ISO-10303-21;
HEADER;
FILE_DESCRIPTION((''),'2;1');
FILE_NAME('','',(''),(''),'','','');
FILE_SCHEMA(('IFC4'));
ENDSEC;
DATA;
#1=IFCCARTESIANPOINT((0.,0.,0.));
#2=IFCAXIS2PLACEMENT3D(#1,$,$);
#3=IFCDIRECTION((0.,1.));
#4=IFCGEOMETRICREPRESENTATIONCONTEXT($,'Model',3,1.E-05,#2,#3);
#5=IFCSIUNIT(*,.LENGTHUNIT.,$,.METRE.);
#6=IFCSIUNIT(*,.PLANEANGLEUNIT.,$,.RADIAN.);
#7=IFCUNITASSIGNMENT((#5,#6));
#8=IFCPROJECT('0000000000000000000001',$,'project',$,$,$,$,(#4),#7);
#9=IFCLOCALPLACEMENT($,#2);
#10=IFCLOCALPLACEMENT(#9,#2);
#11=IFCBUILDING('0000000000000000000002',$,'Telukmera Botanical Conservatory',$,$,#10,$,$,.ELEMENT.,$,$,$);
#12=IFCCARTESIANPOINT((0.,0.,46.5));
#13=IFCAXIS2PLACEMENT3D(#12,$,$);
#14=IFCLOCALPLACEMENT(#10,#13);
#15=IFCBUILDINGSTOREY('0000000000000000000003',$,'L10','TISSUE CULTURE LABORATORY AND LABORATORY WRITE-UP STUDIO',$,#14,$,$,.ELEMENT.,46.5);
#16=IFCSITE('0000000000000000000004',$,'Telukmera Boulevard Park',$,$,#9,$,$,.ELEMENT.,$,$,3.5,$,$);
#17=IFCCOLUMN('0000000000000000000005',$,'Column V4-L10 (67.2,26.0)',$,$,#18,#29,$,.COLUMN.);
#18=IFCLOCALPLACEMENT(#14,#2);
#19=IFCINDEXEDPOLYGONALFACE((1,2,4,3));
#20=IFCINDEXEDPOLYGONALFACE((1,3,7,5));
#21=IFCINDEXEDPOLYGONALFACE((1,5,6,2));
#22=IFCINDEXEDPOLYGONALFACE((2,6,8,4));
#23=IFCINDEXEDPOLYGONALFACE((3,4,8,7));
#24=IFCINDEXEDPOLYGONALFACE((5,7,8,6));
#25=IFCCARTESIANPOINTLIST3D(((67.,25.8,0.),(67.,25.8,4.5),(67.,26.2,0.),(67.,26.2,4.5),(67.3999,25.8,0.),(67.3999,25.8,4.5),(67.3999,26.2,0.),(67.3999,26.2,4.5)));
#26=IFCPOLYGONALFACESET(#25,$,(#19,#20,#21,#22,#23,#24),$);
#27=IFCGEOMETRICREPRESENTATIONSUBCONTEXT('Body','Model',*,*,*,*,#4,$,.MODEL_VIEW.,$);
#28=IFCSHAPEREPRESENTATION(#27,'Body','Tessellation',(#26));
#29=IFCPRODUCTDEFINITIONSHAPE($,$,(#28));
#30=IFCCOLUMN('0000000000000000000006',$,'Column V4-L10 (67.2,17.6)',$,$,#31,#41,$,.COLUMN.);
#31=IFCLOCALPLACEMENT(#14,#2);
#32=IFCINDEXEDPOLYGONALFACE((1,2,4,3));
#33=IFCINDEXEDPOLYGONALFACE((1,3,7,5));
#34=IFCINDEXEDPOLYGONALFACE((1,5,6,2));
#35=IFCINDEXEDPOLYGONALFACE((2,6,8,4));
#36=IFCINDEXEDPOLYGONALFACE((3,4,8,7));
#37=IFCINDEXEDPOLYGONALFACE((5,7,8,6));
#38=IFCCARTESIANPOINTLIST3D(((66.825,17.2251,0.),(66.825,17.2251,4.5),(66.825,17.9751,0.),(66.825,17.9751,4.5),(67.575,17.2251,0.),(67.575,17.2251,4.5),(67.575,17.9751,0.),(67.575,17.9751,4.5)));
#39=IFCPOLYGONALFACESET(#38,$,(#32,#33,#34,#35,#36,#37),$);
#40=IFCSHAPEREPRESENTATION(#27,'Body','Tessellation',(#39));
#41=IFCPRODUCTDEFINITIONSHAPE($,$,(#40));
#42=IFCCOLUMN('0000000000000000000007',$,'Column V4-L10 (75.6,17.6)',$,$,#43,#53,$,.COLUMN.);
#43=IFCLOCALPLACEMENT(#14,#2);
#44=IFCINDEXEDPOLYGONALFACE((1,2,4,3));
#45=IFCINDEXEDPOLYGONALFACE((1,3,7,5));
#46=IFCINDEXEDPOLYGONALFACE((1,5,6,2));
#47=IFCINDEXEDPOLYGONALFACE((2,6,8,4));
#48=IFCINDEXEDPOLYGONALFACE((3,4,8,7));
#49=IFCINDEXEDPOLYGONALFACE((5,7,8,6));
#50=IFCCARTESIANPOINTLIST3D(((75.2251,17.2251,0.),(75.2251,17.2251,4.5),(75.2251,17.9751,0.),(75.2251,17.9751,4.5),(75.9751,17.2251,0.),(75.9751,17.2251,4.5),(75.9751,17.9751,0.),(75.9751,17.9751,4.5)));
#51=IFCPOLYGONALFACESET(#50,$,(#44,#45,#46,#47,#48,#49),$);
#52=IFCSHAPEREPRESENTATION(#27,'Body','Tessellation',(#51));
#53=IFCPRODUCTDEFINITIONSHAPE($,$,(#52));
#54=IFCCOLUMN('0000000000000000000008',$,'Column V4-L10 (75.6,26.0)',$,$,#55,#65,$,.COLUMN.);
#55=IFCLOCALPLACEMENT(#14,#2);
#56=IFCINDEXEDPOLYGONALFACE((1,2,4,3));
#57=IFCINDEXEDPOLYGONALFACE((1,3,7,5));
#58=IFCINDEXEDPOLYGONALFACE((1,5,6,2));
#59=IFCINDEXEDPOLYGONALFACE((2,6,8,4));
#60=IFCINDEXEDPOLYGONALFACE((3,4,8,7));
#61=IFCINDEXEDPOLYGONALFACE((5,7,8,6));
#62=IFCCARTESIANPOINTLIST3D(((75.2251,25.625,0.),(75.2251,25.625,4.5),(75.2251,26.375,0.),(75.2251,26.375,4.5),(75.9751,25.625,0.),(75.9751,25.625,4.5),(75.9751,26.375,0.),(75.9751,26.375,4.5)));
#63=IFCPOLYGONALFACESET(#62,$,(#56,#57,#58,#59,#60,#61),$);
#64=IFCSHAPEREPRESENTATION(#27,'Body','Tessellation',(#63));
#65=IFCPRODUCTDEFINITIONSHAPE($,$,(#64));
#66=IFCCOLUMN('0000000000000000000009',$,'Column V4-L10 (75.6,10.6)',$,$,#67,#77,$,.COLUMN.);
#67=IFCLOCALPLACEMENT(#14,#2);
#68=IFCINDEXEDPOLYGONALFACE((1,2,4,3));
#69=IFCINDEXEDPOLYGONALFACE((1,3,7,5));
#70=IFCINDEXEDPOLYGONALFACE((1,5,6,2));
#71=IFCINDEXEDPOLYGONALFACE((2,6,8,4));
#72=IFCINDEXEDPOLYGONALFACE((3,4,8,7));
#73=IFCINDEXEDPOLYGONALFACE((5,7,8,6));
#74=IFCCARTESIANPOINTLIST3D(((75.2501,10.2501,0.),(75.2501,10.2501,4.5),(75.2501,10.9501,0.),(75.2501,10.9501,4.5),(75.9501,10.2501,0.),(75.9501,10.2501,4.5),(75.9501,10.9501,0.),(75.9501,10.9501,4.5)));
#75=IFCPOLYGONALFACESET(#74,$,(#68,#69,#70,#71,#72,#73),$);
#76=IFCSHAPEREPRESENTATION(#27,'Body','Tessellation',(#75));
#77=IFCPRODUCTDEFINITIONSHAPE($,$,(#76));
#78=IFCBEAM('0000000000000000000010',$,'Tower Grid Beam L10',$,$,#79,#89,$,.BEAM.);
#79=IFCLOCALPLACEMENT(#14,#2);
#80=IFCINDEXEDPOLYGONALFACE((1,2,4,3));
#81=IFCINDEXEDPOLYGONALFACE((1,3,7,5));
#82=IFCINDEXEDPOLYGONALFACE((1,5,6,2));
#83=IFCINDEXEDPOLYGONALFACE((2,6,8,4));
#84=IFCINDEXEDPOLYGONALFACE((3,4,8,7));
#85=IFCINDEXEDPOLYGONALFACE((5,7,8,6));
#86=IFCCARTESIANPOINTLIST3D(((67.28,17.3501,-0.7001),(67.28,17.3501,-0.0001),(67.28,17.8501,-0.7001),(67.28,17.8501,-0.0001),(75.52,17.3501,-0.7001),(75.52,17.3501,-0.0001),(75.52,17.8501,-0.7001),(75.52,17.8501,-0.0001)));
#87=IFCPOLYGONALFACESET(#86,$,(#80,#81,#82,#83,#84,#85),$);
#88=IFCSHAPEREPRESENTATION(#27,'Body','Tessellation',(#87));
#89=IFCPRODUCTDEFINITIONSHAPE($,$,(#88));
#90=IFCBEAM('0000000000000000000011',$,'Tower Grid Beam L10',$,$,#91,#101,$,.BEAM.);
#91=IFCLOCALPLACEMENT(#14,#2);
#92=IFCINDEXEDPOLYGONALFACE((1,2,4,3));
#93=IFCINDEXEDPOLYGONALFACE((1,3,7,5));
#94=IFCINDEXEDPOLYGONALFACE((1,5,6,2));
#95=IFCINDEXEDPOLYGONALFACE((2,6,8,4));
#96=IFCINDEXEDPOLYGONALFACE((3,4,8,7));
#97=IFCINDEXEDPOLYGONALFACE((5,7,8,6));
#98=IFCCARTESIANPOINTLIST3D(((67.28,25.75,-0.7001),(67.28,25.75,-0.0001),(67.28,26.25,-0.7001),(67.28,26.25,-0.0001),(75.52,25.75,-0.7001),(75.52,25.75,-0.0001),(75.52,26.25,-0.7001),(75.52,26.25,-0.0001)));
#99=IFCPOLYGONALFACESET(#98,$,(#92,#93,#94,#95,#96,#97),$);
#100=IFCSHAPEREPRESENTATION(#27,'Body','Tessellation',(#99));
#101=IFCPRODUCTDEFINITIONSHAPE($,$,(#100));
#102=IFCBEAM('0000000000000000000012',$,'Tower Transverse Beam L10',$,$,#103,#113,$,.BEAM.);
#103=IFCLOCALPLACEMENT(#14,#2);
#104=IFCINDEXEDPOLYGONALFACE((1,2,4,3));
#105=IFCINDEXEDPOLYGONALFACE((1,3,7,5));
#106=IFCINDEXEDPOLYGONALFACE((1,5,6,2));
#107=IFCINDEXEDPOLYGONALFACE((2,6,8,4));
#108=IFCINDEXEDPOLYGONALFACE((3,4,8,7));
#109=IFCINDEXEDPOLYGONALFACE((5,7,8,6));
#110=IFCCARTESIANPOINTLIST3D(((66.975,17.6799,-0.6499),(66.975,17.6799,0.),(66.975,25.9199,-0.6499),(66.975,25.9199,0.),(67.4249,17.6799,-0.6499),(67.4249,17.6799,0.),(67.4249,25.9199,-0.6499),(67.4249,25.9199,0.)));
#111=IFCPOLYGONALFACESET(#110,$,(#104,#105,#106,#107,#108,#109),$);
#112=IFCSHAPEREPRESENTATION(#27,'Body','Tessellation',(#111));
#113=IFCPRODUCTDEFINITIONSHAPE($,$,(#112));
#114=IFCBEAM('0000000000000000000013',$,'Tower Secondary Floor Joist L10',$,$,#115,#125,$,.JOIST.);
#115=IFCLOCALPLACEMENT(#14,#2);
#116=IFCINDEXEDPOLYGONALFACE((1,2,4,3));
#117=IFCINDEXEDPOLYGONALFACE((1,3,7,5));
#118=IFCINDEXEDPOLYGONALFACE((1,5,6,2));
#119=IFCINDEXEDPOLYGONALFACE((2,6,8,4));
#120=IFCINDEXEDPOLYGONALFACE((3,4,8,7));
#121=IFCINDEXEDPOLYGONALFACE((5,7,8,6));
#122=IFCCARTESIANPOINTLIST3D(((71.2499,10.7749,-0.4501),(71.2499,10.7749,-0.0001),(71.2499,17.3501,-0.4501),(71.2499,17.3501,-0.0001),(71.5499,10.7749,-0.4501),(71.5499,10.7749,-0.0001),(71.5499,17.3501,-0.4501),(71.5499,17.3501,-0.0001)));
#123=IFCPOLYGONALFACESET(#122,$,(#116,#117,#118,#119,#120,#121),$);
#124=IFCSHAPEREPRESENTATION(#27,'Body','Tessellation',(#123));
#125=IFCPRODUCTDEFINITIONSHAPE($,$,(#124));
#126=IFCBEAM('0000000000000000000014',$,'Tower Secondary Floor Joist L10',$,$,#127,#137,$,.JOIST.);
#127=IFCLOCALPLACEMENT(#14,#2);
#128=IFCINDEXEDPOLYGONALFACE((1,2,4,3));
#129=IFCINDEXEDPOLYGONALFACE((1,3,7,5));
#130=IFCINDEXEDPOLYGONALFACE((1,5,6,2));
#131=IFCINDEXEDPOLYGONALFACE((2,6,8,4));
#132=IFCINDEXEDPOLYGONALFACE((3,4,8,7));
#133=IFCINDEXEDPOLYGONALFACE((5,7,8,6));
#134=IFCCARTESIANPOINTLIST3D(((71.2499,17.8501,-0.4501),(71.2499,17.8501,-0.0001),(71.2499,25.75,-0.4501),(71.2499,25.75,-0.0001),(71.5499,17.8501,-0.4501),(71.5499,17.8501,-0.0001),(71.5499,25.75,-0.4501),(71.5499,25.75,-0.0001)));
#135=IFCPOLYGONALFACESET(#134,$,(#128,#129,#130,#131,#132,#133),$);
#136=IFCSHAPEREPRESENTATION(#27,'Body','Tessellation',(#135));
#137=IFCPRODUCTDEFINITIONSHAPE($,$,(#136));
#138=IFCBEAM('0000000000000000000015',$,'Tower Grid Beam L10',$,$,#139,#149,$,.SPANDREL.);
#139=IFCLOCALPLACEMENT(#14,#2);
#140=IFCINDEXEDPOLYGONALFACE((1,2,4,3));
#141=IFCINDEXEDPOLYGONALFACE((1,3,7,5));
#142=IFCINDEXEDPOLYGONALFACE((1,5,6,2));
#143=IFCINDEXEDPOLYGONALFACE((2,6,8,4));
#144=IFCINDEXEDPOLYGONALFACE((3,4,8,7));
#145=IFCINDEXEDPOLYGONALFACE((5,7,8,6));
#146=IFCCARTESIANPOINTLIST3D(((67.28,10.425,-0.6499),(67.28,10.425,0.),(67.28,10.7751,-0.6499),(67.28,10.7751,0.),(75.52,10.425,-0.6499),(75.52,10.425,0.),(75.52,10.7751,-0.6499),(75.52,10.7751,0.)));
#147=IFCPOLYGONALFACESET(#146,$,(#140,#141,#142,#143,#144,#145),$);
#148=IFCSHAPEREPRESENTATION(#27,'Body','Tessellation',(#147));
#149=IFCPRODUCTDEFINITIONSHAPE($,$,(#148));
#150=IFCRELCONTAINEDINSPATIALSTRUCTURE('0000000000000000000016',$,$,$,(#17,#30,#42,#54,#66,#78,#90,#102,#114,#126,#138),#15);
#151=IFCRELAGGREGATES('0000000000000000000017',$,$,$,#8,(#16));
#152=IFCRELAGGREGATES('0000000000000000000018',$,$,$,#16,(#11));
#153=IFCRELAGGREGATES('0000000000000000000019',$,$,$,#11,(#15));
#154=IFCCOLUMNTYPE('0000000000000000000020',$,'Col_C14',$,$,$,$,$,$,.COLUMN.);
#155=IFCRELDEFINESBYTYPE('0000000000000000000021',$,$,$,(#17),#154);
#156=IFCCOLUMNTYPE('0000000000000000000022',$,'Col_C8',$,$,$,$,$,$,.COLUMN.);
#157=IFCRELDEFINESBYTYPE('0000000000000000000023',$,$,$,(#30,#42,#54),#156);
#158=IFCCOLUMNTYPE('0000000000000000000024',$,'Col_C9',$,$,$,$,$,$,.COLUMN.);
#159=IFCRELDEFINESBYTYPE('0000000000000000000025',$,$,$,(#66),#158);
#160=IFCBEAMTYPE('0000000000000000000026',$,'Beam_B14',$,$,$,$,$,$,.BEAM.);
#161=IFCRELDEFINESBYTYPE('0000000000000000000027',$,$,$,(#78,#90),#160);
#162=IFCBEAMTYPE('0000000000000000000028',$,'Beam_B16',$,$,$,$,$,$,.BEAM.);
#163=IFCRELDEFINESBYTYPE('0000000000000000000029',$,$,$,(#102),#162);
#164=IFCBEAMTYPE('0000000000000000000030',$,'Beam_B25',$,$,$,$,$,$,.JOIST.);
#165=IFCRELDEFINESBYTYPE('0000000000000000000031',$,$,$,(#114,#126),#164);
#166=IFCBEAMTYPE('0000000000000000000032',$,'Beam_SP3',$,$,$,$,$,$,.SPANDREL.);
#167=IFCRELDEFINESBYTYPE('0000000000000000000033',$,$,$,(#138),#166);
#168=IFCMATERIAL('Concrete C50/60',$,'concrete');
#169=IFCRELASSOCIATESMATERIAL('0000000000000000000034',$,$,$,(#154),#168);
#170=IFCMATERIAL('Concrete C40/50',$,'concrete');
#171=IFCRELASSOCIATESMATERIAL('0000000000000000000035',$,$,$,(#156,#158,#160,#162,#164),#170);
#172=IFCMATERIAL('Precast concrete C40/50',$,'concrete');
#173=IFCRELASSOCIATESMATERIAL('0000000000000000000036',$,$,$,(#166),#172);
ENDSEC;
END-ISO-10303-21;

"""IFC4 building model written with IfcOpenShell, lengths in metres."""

from ifc_helpers import new_model, si_unit, direction, frame, origin, origin_2d, place, context, subcontext, project, spatial, rectangle, extrude, material, material_profile, profile_set, type_object, element, save


model = new_model("IFC4")

# Units and contexts
model_context = context("Model", 3, precision=1e-05, world=origin(), true_north=direction((0.0, 1.0)))
body_context = subcontext(model_context, "Body", "Model", "MODEL_VIEW")
ifc_project = project(units=[si_unit("LENGTHUNIT", "METRE"), si_unit("PLANEANGLEUNIT", "RADIAN")], contexts=[model_context])

# Site, building, storey
site_placement = place(None, origin())
site = spatial("IfcSite", under=ifc_project, at=site_placement, Name="Telukmera Boulevard Park", CompositionType="ELEMENT", RefElevation=3.5)
building_placement = place(site_placement, origin())
building = spatial("IfcBuilding", under=site, at=building_placement, Name="Telukmera Botanical Conservatory", CompositionType="ELEMENT")
storey_placement = place(building_placement, frame((0.0, 0.0, 46.5)))
storey = spatial("IfcBuildingStorey", under=building, at=storey_placement, Name="L10", Description="TISSUE CULTURE LABORATORY AND LABORATORY WRITE-UP STUDIO", CompositionType="ELEMENT", Elevation=46.5)

# Columns
ifc_material_1 = material(Name="Concrete C50/60", Category="concrete")
ifc_material_profile_1 = material_profile(ifc_material_1, rectangle(XDim=0.3999, YDim=0.3999, at=origin_2d()), Name="RC 400x400")
ifc_profile_set_1 = profile_set([ifc_material_profile_1], Name="Concrete C50/60")
column_type_1 = type_object("IfcColumnType", Name="Col_C14", PredefinedType="COLUMN", material=ifc_profile_set_1)
column_1_placement = place(storey_placement, frame((67.2, 26.0, 0.0), z_axis=(0.0, 0.0, 1.0), x_axis=(1.0, 0.0, 0.0)))
element("IfcColumn", 1, at=column_1_placement, inside=storey, type_object=column_type_1, Name="Column V4-L10 (67.2,26.0)", PredefinedType="COLUMN", context=body_context, shape_type="SweptSolid", body=[
    extrude(rectangle(XDim=0.3999, YDim=0.3999, at=origin_2d()), origin(), (0.0, 0.0, 1.0), 4.5),
])
ifc_material_2 = material(Name="Concrete C40/50", Category="concrete")
ifc_material_profile_2 = material_profile(ifc_material_2, rectangle(XDim=0.75, YDim=0.75, at=origin_2d()), Name="RC 750x750")
ifc_profile_set_2 = profile_set([ifc_material_profile_2], Name="Concrete C40/50")
column_type_2 = type_object("IfcColumnType", Name="Col_C8", PredefinedType="COLUMN", material=ifc_profile_set_2)
for number, where, z_axis, x_axis, name in (
    (2, (67.2, 17.6001, 0.0), (0.0, 0.0, 1.0), (1.0, 0.0, 0.0), "Column V4-L10 (67.2,17.6)"),
    (3, (75.6001, 17.6001, 0.0), (0.0, 0.0, 1.0), (1.0, 0.0, 0.0), "Column V4-L10 (75.6,17.6)"),
    (4, (75.6001, 26.0, 0.0), (0.0, 0.0, 1.0), (1.0, 0.0, 0.0), "Column V4-L10 (75.6,26.0)"),
):
    element("IfcColumn", number, at=place(storey_placement, frame(where, z_axis=z_axis, x_axis=x_axis)), inside=storey, type_object=column_type_2, Name=name, PredefinedType="COLUMN", context=body_context, shape_type="SweptSolid", body=[
        extrude(rectangle(XDim=0.75, YDim=0.75, at=origin_2d()), origin(), (0.0, 0.0, 1.0), 4.5),
    ])
ifc_material_profile_3 = material_profile(ifc_material_2, rectangle(XDim=0.7, YDim=0.7, at=origin_2d()), Name="RC 700x700")
ifc_profile_set_3 = profile_set([ifc_material_profile_3], Name="Concrete C40/50")
column_type_3 = type_object("IfcColumnType", Name="Col_C9", PredefinedType="COLUMN", material=ifc_profile_set_3)
column_2_placement = place(storey_placement, frame((75.6001, 10.6001, 0.0), z_axis=(0.0, 0.0, 1.0), x_axis=(1.0, 0.0, 0.0)))
element("IfcColumn", 5, at=column_2_placement, inside=storey, type_object=column_type_3, Name="Column V4-L10 (75.6,10.6)", PredefinedType="COLUMN", context=body_context, shape_type="SweptSolid", body=[
    extrude(rectangle(XDim=0.7, YDim=0.7, at=origin_2d()), origin(), (0.0, 0.0, 1.0), 4.5),
])

# Beams
ifc_material_profile_4 = material_profile(ifc_material_2, rectangle(XDim=0.5, YDim=0.7, at=origin_2d()), Name="RC 500x700")
ifc_profile_set_4 = profile_set([ifc_material_profile_4], Name="Concrete C40/50")
beam_type_1 = type_object("IfcBeamType", Name="Beam_B14", PredefinedType="BEAM", material=ifc_profile_set_4)
for number, where, z_axis, x_axis, name in (
    (6, (67.28, 17.6001, -0.3501), (1.0, 0.0, 0.0), (0.0, 1.0, 0.0), "Tower Grid Beam L10"),
    (7, (67.28, 26.0, -0.3501), (1.0, 0.0, 0.0), (0.0, 1.0, 0.0), "Tower Grid Beam L10"),
):
    element("IfcBeam", number, at=place(storey_placement, frame(where, z_axis=z_axis, x_axis=x_axis)), inside=storey, type_object=beam_type_1, Name=name, PredefinedType="BEAM", context=body_context, shape_type="SweptSolid", body=[
        extrude(rectangle(XDim=0.5, YDim=0.7, at=origin_2d()), origin(), (0.0, 0.0, 1.0), 8.24),
    ])
ifc_material_profile_5 = material_profile(ifc_material_2, rectangle(XDim=0.45, YDim=0.6499, at=origin_2d()), Name="RC 450x650")
ifc_profile_set_5 = profile_set([ifc_material_profile_5], Name="Concrete C40/50")
beam_type_2 = type_object("IfcBeamType", Name="Beam_B16", PredefinedType="BEAM", material=ifc_profile_set_5)
beam_1_placement = place(storey_placement, frame((67.2, 17.6799, -0.325), z_axis=(0.0, 1.0, 0.0), x_axis=(-1.0, 0.0, 0.0)))
element("IfcBeam", 8, at=beam_1_placement, inside=storey, type_object=beam_type_2, Name="Tower Transverse Beam L10", PredefinedType="BEAM", context=body_context, shape_type="SweptSolid", body=[
    extrude(rectangle(XDim=0.45, YDim=0.6499, at=origin_2d()), origin(), (0.0, 0.0, 1.0), 8.24),
])
ifc_material_profile_6 = material_profile(ifc_material_2, rectangle(XDim=0.3, YDim=0.45, at=origin_2d()), Name="RC 300x450")
ifc_profile_set_6 = profile_set([ifc_material_profile_6], Name="Concrete C40/50")
beam_type_3 = type_object("IfcBeamType", Name="Beam_B25", PredefinedType="JOIST", material=ifc_profile_set_6)
beam_2_placement = place(storey_placement, frame((71.3999, 10.7749, -0.2251), z_axis=(0.0, 1.0, 0.0), x_axis=(-1.0, 0.0, 0.0)))
element("IfcBeam", 9, at=beam_2_placement, inside=storey, type_object=beam_type_3, Name="Tower Secondary Floor Joist L10", PredefinedType="JOIST", context=body_context, shape_type="SweptSolid", body=[
    extrude(rectangle(XDim=0.3, YDim=0.45, at=origin_2d()), origin(), (0.0, 0.0, 1.0), 6.5752),
])
beam_3_placement = place(storey_placement, frame((71.3999, 17.8501, -0.2251), z_axis=(0.0, 1.0, 0.0), x_axis=(-1.0, 0.0, 0.0)))
element("IfcBeam", 10, at=beam_3_placement, inside=storey, type_object=beam_type_3, Name="Tower Secondary Floor Joist L10", PredefinedType="JOIST", context=body_context, shape_type="SweptSolid", body=[
    extrude(rectangle(XDim=0.3, YDim=0.45, at=origin_2d()), origin(), (0.0, 0.0, 1.0), 7.8999),
])
ifc_material_3 = material(Name="Precast concrete C40/50", Category="concrete")
ifc_material_profile_7 = material_profile(ifc_material_3, rectangle(XDim=0.3501, YDim=0.6499, at=origin_2d()), Name="PC 350x650")
ifc_profile_set_7 = profile_set([ifc_material_profile_7], Name="Precast concrete C40/50")
beam_type_4 = type_object("IfcBeamType", Name="Beam_SP3", PredefinedType="SPANDREL", material=ifc_profile_set_7)
beam_4_placement = place(storey_placement, frame((67.28, 10.6001, -0.325), z_axis=(1.0, 0.0, 0.0), x_axis=(0.0, 1.0, 0.0)))
element("IfcBeam", 11, at=beam_4_placement, inside=storey, type_object=beam_type_4, Name="Tower Grid Beam L10", PredefinedType="SPANDREL", context=body_context, shape_type="SweptSolid", body=[
    extrude(rectangle(XDim=0.3501, YDim=0.6499, at=origin_2d()), origin(), (0.0, 0.0, 1.0), 8.24),
])

save(model, "model.ifc")
